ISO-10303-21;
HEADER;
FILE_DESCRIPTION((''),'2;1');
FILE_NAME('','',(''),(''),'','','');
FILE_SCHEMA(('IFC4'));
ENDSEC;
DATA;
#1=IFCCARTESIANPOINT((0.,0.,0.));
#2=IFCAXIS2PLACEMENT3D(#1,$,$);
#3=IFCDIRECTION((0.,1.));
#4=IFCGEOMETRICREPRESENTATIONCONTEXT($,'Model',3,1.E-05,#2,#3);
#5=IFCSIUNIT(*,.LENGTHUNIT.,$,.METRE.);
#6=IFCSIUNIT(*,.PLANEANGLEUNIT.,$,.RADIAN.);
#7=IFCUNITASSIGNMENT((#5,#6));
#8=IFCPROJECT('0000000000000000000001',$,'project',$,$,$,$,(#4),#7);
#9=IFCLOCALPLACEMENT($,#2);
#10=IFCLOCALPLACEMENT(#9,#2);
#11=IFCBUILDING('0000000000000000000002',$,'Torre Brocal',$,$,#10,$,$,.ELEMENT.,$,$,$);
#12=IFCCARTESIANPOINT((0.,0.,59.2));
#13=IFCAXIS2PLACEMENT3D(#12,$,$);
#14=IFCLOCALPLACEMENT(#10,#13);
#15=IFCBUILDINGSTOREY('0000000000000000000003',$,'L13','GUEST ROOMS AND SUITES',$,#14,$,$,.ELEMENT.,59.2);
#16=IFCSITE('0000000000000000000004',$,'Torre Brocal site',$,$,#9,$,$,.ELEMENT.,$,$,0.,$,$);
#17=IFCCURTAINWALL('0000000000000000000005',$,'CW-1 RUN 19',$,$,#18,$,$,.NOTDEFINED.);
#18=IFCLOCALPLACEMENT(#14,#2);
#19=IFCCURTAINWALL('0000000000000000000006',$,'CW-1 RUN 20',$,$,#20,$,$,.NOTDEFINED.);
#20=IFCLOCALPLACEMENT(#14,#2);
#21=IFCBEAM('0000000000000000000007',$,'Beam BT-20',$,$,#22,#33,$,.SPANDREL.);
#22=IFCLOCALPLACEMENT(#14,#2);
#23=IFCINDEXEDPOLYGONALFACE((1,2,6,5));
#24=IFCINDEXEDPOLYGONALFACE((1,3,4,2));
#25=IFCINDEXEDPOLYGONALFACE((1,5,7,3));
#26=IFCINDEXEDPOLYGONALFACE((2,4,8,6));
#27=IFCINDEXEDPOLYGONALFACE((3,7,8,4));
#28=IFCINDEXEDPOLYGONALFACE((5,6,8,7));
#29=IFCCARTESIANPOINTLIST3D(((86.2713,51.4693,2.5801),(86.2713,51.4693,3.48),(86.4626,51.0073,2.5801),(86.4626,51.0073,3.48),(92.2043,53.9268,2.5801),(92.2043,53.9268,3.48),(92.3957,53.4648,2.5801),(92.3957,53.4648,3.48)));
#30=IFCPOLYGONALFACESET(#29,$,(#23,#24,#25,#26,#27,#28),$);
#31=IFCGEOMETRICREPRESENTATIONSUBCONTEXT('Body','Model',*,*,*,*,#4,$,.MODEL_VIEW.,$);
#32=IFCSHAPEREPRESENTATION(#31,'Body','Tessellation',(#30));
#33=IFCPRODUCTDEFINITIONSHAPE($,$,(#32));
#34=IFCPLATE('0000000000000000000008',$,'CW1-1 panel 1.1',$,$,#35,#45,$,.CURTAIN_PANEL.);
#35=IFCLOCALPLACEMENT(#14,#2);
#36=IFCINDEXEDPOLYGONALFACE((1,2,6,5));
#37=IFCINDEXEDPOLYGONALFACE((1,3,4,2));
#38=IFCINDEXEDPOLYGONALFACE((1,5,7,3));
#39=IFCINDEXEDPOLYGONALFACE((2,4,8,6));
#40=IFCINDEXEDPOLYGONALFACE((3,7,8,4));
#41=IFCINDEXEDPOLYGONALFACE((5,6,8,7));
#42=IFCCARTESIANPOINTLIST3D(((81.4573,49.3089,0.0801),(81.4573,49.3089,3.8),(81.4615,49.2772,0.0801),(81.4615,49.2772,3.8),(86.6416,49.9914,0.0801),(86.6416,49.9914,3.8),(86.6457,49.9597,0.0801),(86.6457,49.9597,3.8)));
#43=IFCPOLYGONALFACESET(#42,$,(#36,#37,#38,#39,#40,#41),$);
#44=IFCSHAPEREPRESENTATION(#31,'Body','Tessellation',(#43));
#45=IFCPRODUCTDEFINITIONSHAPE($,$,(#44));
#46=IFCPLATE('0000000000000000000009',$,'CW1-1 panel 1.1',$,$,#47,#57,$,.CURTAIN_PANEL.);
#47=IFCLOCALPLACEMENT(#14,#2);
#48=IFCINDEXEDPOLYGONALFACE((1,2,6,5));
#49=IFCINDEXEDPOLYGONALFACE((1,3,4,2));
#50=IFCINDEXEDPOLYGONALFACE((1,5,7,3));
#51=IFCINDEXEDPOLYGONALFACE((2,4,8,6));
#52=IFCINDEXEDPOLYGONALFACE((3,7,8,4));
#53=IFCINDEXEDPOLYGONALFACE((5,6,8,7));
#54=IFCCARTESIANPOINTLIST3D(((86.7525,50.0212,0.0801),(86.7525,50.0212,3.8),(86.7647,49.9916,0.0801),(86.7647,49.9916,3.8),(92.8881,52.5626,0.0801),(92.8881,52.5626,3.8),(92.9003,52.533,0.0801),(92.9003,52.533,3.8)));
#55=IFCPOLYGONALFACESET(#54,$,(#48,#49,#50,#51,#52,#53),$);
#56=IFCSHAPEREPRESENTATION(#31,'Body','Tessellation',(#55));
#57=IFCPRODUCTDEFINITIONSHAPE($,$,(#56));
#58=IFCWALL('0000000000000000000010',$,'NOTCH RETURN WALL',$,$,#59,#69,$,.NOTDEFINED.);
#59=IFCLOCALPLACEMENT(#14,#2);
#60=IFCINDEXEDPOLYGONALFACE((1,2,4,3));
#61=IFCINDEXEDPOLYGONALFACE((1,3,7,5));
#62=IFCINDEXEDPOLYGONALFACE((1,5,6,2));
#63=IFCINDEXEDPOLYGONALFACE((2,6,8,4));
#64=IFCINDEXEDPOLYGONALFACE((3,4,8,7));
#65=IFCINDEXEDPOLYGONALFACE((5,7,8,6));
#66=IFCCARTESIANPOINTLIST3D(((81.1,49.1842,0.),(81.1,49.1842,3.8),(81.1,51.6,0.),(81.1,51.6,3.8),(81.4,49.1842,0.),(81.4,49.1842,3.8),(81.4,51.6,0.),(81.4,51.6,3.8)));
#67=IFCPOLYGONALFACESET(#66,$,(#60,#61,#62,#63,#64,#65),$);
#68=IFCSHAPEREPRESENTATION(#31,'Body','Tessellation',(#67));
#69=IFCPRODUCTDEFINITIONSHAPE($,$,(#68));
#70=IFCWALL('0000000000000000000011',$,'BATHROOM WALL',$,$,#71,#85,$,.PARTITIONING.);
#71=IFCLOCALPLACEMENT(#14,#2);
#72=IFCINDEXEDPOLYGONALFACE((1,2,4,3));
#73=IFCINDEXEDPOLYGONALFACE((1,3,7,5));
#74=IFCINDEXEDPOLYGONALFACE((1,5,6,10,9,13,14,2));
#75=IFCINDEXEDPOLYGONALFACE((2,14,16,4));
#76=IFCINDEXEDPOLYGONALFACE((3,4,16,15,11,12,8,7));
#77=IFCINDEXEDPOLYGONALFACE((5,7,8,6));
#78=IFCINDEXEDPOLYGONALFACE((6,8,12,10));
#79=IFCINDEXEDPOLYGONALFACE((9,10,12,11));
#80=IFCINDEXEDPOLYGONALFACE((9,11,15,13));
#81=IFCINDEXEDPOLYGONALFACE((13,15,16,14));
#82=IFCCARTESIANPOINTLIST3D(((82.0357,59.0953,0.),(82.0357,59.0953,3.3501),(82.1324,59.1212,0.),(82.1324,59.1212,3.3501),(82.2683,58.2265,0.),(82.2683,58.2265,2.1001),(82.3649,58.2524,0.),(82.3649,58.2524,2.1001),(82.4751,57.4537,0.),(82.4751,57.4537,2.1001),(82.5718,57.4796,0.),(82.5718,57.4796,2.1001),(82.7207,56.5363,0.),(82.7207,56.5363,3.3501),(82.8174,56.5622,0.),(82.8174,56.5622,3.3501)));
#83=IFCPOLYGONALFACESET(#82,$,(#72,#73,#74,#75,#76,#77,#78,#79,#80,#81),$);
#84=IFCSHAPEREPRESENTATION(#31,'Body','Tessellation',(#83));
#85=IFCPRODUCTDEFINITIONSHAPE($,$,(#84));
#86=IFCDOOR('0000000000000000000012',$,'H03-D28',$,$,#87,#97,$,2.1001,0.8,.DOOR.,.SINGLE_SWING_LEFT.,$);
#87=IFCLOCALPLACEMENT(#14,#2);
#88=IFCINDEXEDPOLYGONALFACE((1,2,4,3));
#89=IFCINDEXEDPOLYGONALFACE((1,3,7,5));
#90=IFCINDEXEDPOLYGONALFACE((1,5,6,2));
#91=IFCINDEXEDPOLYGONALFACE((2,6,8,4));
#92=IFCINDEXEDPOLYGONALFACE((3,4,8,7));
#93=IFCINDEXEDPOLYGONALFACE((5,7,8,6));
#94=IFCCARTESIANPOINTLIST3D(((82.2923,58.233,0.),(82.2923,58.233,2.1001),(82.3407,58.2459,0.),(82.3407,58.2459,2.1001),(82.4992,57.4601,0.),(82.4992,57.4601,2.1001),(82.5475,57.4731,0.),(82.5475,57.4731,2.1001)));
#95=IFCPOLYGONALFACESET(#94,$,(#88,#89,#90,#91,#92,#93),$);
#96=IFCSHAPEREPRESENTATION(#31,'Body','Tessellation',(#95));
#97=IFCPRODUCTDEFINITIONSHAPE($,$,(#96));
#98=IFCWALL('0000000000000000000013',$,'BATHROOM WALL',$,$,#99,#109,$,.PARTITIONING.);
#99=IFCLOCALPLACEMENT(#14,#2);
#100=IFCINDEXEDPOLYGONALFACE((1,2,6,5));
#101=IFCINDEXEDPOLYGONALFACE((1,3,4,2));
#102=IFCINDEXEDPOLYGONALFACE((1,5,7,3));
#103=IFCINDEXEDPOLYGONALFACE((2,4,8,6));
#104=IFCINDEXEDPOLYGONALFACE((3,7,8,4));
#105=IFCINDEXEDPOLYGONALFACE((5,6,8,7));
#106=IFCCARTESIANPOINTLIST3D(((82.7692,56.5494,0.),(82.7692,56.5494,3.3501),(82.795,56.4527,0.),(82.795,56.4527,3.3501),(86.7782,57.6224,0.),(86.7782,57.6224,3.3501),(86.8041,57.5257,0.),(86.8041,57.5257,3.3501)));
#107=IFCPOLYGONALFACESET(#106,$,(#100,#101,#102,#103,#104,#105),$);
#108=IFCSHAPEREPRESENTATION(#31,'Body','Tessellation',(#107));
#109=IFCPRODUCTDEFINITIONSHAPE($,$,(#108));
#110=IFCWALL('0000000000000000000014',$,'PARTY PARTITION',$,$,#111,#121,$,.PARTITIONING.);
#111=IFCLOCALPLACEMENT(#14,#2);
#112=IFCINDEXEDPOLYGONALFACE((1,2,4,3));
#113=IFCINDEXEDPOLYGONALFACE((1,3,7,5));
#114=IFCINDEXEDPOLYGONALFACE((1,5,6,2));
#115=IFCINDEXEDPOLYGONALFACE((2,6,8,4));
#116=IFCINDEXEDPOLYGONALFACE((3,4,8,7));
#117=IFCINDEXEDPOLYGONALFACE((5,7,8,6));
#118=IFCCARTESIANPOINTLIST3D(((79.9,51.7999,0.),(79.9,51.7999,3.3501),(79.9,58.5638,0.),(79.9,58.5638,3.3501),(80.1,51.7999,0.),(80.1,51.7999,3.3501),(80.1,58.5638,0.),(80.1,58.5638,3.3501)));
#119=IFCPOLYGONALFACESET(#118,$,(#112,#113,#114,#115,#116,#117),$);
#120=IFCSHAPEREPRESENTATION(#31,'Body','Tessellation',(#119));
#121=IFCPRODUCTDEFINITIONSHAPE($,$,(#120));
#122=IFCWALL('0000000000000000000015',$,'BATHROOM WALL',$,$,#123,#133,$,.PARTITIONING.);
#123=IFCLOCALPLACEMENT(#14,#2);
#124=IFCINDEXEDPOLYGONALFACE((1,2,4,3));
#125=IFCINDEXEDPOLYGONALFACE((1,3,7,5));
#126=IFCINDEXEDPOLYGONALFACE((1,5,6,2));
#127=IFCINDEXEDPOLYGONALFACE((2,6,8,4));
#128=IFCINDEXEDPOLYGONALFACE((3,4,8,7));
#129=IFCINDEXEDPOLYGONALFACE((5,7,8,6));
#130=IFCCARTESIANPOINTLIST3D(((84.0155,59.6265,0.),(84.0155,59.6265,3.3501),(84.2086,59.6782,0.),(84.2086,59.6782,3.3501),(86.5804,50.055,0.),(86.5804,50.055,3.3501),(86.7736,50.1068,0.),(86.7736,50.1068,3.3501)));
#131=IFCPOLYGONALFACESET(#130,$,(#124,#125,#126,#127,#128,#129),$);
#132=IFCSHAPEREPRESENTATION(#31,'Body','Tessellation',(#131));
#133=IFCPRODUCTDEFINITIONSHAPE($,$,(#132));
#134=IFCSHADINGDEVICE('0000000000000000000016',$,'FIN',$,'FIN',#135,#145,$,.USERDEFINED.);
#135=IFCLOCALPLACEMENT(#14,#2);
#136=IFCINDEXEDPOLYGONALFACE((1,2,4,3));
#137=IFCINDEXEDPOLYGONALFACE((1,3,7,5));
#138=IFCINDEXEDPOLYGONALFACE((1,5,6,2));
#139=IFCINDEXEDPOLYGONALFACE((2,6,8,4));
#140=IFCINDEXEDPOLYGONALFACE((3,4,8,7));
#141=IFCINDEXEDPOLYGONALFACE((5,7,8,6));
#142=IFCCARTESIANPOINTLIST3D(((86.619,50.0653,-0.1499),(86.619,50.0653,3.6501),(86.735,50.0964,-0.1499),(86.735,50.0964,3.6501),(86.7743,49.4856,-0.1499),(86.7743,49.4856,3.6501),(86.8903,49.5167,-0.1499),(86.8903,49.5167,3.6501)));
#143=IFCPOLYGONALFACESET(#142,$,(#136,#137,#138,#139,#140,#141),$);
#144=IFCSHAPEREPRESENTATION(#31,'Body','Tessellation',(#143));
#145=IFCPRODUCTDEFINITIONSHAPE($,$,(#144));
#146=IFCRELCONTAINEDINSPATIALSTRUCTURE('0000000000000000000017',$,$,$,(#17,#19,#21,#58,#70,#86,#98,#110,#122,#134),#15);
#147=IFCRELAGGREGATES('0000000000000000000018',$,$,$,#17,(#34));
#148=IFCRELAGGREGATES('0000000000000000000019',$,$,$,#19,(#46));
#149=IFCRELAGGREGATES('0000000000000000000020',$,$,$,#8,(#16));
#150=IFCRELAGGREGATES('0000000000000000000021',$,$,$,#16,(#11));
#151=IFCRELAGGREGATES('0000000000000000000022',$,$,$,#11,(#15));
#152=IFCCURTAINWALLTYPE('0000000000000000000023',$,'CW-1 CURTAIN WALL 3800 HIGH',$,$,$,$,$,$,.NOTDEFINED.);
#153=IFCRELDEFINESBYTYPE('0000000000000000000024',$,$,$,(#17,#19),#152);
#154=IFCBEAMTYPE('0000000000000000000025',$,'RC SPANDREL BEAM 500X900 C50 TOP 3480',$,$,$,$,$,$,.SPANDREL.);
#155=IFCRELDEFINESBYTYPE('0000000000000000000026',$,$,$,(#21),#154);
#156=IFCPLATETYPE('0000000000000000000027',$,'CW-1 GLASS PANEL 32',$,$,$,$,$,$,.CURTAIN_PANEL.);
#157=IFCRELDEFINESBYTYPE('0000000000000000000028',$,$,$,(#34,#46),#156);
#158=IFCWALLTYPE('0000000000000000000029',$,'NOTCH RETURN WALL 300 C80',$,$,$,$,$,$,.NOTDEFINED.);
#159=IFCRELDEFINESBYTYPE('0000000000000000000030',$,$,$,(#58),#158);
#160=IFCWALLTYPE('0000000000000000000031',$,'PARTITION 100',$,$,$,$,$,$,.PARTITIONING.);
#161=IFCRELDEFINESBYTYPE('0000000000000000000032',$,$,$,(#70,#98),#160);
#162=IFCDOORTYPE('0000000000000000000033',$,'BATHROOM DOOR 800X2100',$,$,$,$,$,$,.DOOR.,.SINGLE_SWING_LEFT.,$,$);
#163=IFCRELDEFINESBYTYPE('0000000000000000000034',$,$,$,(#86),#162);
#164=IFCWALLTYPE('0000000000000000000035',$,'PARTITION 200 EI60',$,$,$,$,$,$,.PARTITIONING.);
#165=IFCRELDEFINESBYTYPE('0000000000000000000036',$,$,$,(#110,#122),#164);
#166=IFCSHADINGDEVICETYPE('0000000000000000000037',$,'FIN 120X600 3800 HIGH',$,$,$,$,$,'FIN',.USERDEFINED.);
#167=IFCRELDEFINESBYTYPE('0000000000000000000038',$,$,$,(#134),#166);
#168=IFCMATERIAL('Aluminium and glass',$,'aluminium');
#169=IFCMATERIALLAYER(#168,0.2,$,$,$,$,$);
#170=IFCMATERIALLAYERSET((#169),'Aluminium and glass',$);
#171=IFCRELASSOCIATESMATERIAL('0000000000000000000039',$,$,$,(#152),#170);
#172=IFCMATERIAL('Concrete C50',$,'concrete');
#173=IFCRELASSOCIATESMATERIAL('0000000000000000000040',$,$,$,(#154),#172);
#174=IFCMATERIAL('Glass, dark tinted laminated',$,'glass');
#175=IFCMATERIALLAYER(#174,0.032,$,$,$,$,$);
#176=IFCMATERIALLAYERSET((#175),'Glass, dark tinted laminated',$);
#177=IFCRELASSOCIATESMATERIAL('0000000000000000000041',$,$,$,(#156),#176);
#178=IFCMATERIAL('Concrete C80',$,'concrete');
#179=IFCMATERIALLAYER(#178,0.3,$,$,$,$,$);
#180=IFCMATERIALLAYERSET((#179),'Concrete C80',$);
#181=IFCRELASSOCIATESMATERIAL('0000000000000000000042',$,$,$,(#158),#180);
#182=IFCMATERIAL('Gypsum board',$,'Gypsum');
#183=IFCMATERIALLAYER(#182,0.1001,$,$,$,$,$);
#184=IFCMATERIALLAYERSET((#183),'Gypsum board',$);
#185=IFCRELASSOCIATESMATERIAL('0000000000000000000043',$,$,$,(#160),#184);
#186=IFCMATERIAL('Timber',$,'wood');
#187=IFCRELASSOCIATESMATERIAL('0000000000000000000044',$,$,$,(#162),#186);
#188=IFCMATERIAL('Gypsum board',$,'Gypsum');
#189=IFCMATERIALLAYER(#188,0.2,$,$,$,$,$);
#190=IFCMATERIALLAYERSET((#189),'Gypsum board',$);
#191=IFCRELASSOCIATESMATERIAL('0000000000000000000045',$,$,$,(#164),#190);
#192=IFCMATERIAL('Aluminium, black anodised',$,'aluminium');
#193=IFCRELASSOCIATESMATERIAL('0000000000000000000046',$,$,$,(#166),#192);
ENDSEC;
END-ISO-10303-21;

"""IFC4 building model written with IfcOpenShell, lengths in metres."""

from ifc_helpers import new_model, si_unit, direction, frame, frame_2d, origin, origin_2d, place, context, subcontext, project, spatial, rectangle, extrude, material, layer, layer_set, material_profile, profile_set, type_object, element, fill, aggregate, save


model = new_model("IFC4")

# Units and contexts
model_context = context("Model", 3, precision=1e-05, world=origin(), true_north=direction((0.0, 1.0)))
body_context = subcontext(model_context, "Body", "Model", "MODEL_VIEW")
ifc_project = project(units=[si_unit("LENGTHUNIT", "METRE"), si_unit("PLANEANGLEUNIT", "RADIAN")], contexts=[model_context])

# Site, building, storey
site_placement = place(None, origin())
site = spatial("IfcSite", under=ifc_project, at=site_placement, Name="Torre Brocal site", CompositionType="ELEMENT", RefElevation=0.0)
building_placement = place(site_placement, origin())
building = spatial("IfcBuilding", under=site, at=building_placement, Name="Torre Brocal", CompositionType="ELEMENT")
storey_placement = place(building_placement, frame((0.0, 0.0, 59.2)))
storey = spatial("IfcBuildingStorey", under=building, at=storey_placement, Name="L13", Description="GUEST ROOMS AND SUITES", CompositionType="ELEMENT", Elevation=59.2)

# Curtain wall
ifc_material_1 = material(Name="Aluminium and glass", Category="aluminium")
ifc_layer_1 = layer(ifc_material_1, 0.2)
ifc_layer_set_1 = layer_set([ifc_layer_1], Name="Aluminium and glass")
curtain_wall_type = type_object("IfcCurtainWallType", Name="CW-1 CURTAIN WALL 3800 HIGH", PredefinedType="NOTDEFINED", material=ifc_layer_set_1)
curtain_wall_1_placement = place(storey_placement, origin())
curtain_wall_1 = element("IfcCurtainWall", 1, at=curtain_wall_1_placement, inside=storey, type_object=curtain_wall_type, Name="CW-1 RUN 19", PredefinedType="NOTDEFINED")

# Curtain wall
curtain_wall_2_placement = place(storey_placement, origin())
curtain_wall_2 = element("IfcCurtainWall", 2, at=curtain_wall_2_placement, inside=storey, type_object=curtain_wall_type, Name="CW-1 RUN 20", PredefinedType="NOTDEFINED")

# Beam
ifc_material_2 = material(Name="Concrete C50", Category="concrete")
ifc_material_profile_1 = material_profile(ifc_material_2, rectangle(XDim=0.5, YDim=0.8999, at=origin_2d()), Name="RC 500X900")
ifc_profile_set_1 = profile_set([ifc_material_profile_1], Name="Concrete C50")
beam_type_1 = type_object("IfcBeamType", Name="RC SPANDREL BEAM 500X900 C50 TOP 3480", PredefinedType="SPANDREL", material=ifc_profile_set_1)
beam_1_placement = place(storey_placement, frame((86.3669, 51.2383, 3.03), z_axis=(0.923882, 0.382676, 0.0), x_axis=(-0.382676, 0.923882, 0.0)))
element("IfcBeam", 3, at=beam_1_placement, inside=storey, type_object=beam_type_1, Name="Beam BT-20", PredefinedType="SPANDREL", context=body_context, shape_type="SweptSolid", body=[
    extrude(rectangle(XDim=0.5, YDim=0.8999, at=origin_2d()), origin(), (0.0, 0.0, 1.0), 6.4219),
])

# Plates
ifc_material_3 = material(Name="Glass, dark tinted laminated", Category="glass")
ifc_layer_2 = layer(ifc_material_3, 0.032)
ifc_layer_set_2 = layer_set([ifc_layer_2], Name="Glass, dark tinted laminated")
plate_type = type_object("IfcPlateType", Name="CW-1 GLASS PANEL 32", PredefinedType="CURTAIN_PANEL", material=ifc_layer_set_2)
plate_1_placement = place(storey_placement, frame((84.0515, 49.6343, 0.0801), z_axis=(0.0, 0.0, 1.0), x_axis=(0.991445, 0.130526, 0.0)))
plate_1 = element("IfcPlate", 4, at=plate_1_placement, type_object=plate_type, Name="CW1-1 panel 1.1", PredefinedType="CURTAIN_PANEL", context=body_context, shape_type="SweptSolid", body=[
    extrude(rectangle(XDim=5.229, YDim=0.032, at=origin_2d()), origin(), (0.0, 0.0, 1.0), 3.72),
])
aggregate(curtain_wall_1, [plate_1])
plate_2_placement = place(storey_placement, frame((89.8264, 51.2771, 0.0801), z_axis=(0.0, 0.0, 1.0), x_axis=(0.92388, 0.382683, 0.0)))
plate_2 = element("IfcPlate", 5, at=plate_2_placement, type_object=plate_type, Name="CW1-1 panel 1.1", PredefinedType="CURTAIN_PANEL", context=body_context, shape_type="SweptSolid", body=[
    extrude(rectangle(XDim=6.6411, YDim=0.032, at=origin_2d()), origin(), (0.0, 0.0, 1.0), 3.72),
])
aggregate(curtain_wall_2, [plate_2])

# Wall
ifc_material_4 = material(Name="Concrete C80", Category="concrete")
ifc_layer_3 = layer(ifc_material_4, 0.3)
ifc_layer_set_3 = layer_set([ifc_layer_3], Name="Concrete C80")
wall_type_1 = type_object("IfcWallType", Name="NOTCH RETURN WALL 300 C80", PredefinedType="NOTDEFINED", material=ifc_layer_set_3)
wall_1_placement = place(storey_placement, frame((81.25, 51.6001, 0.0), z_axis=(0.0, 0.0, 1.0), x_axis=(0.0, -1.0, 0.0)))
element("IfcWall", 6, at=wall_1_placement, inside=storey, type_object=wall_type_1, Name="NOTCH RETURN WALL", PredefinedType="NOTDEFINED", context=body_context, shape_type="SweptSolid", body=[
    extrude(rectangle(XDim=2.4158, YDim=0.3, at=frame_2d((1.208, 0.0))), origin(), (0.0, 0.0, 1.0), 3.8),
])

# Wall, opening, door
ifc_material_5 = material(Name="Gypsum board", Category="Gypsum")
ifc_layer_4 = layer(ifc_material_5, 0.1001)
ifc_layer_set_4 = layer_set([ifc_layer_4], Name="Gypsum board")
wall_type_2 = type_object("IfcWallType", Name="PARTITION 100", PredefinedType="PARTITIONING", material=ifc_layer_set_4)
wall_2_placement = place(storey_placement, frame((82.084, 59.1084, 0.0), z_axis=(0.0, 0.0, 1.0), x_axis=(0.258592, -0.965987, 0.0)))
wall_2 = element("IfcWall", 7, at=wall_2_placement, inside=storey, type_object=wall_type_2, Name="BATHROOM WALL", PredefinedType="PARTITIONING", context=body_context, shape_type="SweptSolid", body=[
    extrude(rectangle(XDim=2.6492, YDim=0.1001, at=frame_2d((1.3247, 0.0))), origin(), (0.0, 0.0, 1.0), 3.3501),
])
opening_placement = place(wall_2_placement, frame((0.8997, 0.0, 0.0)))
opening = element("IfcOpeningElement", 8, at=opening_placement, cuts=wall_2, PredefinedType="OPENING", context=body_context, shape_type="SweptSolid", body=[
    extrude(rectangle(XDim=0.8, YDim=2.1001, at=frame_2d((0.3999, 1.05))), frame((0.0, 0.0601, 0.0), z_axis=(0.0, -1.0, 0.0), x_axis=(1.0, 0.0, 0.0)), (0.0, 0.0, 1.0), 0.1201),
])
ifc_material_6 = material(Name="Timber", Category="wood")
door_type = type_object("IfcDoorType", Name="BATHROOM DOOR 800X2100", OperationType="SINGLE_SWING_LEFT", PredefinedType="DOOR", material=ifc_material_6)
door_placement = place(opening_placement, origin())
door = element("IfcDoor", 9, at=door_placement, inside=storey, type_object=door_type, Name="H03-D28", OperationType="SINGLE_SWING_LEFT", OverallHeight=2.1001, OverallWidth=0.8, PredefinedType="DOOR", context=body_context, shape_type="SweptSolid", body=[
    extrude(rectangle(XDim=0.8, YDim=2.1001, at=frame_2d((0.3999, 1.05))), frame((0.0, 0.0249, 0.0), z_axis=(0.0, -1.0, 0.0), x_axis=(1.0, 0.0, 0.0)), (0.0, 0.0, 1.0), 0.05),
])
fill(opening, door)

# Walls
wall_3_placement = place(storey_placement, frame((82.782, 56.501, 0.0), z_axis=(0.0, 0.0, 1.0), x_axis=(0.965999, 0.258545, 0.0)))
element("IfcWall", 10, at=wall_3_placement, inside=storey, type_object=wall_type_2, Name="BATHROOM WALL", PredefinedType="PARTITIONING", context=body_context, shape_type="SweptSolid", body=[
    extrude(rectangle(XDim=4.1501, YDim=0.1001, at=frame_2d((2.0752, 0.0))), origin(), (0.0, 0.0, 1.0), 3.3501),
])
ifc_material_7 = material(Name="Gypsum board", Category="Gypsum")
ifc_layer_5 = layer(ifc_material_7, 0.2)
ifc_layer_set_5 = layer_set([ifc_layer_5], Name="Gypsum board")
wall_type_3 = type_object("IfcWallType", Name="PARTITION 200 EI60", PredefinedType="PARTITIONING", material=ifc_layer_set_5)
wall_4_placement = place(storey_placement, frame((80.0, 51.8, 0.0), z_axis=(0.0, 0.0, 1.0), x_axis=(0.0, 1.0, 0.0)))
element("IfcWall", 11, at=wall_4_placement, inside=storey, type_object=wall_type_3, Name="PARTY PARTITION", PredefinedType="PARTITIONING", context=body_context, shape_type="SweptSolid", body=[
    extrude(rectangle(XDim=6.7639, YDim=0.2, at=frame_2d((3.3818, 0.0))), origin(), (0.0, 0.0, 1.0), 3.3501),
])
wall_5_placement = place(storey_placement, frame((84.1121, 59.6523, 0.0), z_axis=(0.0, 0.0, 1.0), x_axis=(0.258843, -0.965919, 0.0)))
element("IfcWall", 12, at=wall_5_placement, inside=storey, type_object=wall_type_3, Name="BATHROOM WALL", PredefinedType="PARTITIONING", context=body_context, shape_type="SweptSolid", body=[
    extrude(rectangle(XDim=9.9092, YDim=0.2, at=frame_2d((4.9546, 0.0))), origin(), (0.0, 0.0, 1.0), 3.3501),
])

# Shading device
ifc_material_8 = material(Name="Aluminium, black anodised", Category="aluminium")
ifc_material_profile_2 = material_profile(ifc_material_8, rectangle(XDim=0.1201, YDim=0.6001, at=origin_2d()), Name="FIN 120X600 3800 HIGH")
ifc_profile_set_2 = profile_set([ifc_material_profile_2], Name="Aluminium, black anodised")
shading_device_type = type_object("IfcShadingDeviceType", Name="FIN 120X600 3800 HIGH", ElementType="FIN", PredefinedType="USERDEFINED", material=ifc_profile_set_2)
shading_device_placement = place(storey_placement, frame((86.7546, 49.791, -0.1499), z_axis=(0.0, 0.0, 1.0), x_axis=(0.965926, 0.258819, 0.0)))
element("IfcShadingDevice", 13, at=shading_device_placement, inside=storey, type_object=shading_device_type, Name="FIN", ObjectType="FIN", PredefinedType="USERDEFINED", context=body_context, shape_type="SweptSolid", body=[
    extrude(rectangle(XDim=0.1201, YDim=0.6001, at=origin_2d()), origin(), (0.0, 0.0, 1.0), 3.8),
])

save(model, "model.ifc")
